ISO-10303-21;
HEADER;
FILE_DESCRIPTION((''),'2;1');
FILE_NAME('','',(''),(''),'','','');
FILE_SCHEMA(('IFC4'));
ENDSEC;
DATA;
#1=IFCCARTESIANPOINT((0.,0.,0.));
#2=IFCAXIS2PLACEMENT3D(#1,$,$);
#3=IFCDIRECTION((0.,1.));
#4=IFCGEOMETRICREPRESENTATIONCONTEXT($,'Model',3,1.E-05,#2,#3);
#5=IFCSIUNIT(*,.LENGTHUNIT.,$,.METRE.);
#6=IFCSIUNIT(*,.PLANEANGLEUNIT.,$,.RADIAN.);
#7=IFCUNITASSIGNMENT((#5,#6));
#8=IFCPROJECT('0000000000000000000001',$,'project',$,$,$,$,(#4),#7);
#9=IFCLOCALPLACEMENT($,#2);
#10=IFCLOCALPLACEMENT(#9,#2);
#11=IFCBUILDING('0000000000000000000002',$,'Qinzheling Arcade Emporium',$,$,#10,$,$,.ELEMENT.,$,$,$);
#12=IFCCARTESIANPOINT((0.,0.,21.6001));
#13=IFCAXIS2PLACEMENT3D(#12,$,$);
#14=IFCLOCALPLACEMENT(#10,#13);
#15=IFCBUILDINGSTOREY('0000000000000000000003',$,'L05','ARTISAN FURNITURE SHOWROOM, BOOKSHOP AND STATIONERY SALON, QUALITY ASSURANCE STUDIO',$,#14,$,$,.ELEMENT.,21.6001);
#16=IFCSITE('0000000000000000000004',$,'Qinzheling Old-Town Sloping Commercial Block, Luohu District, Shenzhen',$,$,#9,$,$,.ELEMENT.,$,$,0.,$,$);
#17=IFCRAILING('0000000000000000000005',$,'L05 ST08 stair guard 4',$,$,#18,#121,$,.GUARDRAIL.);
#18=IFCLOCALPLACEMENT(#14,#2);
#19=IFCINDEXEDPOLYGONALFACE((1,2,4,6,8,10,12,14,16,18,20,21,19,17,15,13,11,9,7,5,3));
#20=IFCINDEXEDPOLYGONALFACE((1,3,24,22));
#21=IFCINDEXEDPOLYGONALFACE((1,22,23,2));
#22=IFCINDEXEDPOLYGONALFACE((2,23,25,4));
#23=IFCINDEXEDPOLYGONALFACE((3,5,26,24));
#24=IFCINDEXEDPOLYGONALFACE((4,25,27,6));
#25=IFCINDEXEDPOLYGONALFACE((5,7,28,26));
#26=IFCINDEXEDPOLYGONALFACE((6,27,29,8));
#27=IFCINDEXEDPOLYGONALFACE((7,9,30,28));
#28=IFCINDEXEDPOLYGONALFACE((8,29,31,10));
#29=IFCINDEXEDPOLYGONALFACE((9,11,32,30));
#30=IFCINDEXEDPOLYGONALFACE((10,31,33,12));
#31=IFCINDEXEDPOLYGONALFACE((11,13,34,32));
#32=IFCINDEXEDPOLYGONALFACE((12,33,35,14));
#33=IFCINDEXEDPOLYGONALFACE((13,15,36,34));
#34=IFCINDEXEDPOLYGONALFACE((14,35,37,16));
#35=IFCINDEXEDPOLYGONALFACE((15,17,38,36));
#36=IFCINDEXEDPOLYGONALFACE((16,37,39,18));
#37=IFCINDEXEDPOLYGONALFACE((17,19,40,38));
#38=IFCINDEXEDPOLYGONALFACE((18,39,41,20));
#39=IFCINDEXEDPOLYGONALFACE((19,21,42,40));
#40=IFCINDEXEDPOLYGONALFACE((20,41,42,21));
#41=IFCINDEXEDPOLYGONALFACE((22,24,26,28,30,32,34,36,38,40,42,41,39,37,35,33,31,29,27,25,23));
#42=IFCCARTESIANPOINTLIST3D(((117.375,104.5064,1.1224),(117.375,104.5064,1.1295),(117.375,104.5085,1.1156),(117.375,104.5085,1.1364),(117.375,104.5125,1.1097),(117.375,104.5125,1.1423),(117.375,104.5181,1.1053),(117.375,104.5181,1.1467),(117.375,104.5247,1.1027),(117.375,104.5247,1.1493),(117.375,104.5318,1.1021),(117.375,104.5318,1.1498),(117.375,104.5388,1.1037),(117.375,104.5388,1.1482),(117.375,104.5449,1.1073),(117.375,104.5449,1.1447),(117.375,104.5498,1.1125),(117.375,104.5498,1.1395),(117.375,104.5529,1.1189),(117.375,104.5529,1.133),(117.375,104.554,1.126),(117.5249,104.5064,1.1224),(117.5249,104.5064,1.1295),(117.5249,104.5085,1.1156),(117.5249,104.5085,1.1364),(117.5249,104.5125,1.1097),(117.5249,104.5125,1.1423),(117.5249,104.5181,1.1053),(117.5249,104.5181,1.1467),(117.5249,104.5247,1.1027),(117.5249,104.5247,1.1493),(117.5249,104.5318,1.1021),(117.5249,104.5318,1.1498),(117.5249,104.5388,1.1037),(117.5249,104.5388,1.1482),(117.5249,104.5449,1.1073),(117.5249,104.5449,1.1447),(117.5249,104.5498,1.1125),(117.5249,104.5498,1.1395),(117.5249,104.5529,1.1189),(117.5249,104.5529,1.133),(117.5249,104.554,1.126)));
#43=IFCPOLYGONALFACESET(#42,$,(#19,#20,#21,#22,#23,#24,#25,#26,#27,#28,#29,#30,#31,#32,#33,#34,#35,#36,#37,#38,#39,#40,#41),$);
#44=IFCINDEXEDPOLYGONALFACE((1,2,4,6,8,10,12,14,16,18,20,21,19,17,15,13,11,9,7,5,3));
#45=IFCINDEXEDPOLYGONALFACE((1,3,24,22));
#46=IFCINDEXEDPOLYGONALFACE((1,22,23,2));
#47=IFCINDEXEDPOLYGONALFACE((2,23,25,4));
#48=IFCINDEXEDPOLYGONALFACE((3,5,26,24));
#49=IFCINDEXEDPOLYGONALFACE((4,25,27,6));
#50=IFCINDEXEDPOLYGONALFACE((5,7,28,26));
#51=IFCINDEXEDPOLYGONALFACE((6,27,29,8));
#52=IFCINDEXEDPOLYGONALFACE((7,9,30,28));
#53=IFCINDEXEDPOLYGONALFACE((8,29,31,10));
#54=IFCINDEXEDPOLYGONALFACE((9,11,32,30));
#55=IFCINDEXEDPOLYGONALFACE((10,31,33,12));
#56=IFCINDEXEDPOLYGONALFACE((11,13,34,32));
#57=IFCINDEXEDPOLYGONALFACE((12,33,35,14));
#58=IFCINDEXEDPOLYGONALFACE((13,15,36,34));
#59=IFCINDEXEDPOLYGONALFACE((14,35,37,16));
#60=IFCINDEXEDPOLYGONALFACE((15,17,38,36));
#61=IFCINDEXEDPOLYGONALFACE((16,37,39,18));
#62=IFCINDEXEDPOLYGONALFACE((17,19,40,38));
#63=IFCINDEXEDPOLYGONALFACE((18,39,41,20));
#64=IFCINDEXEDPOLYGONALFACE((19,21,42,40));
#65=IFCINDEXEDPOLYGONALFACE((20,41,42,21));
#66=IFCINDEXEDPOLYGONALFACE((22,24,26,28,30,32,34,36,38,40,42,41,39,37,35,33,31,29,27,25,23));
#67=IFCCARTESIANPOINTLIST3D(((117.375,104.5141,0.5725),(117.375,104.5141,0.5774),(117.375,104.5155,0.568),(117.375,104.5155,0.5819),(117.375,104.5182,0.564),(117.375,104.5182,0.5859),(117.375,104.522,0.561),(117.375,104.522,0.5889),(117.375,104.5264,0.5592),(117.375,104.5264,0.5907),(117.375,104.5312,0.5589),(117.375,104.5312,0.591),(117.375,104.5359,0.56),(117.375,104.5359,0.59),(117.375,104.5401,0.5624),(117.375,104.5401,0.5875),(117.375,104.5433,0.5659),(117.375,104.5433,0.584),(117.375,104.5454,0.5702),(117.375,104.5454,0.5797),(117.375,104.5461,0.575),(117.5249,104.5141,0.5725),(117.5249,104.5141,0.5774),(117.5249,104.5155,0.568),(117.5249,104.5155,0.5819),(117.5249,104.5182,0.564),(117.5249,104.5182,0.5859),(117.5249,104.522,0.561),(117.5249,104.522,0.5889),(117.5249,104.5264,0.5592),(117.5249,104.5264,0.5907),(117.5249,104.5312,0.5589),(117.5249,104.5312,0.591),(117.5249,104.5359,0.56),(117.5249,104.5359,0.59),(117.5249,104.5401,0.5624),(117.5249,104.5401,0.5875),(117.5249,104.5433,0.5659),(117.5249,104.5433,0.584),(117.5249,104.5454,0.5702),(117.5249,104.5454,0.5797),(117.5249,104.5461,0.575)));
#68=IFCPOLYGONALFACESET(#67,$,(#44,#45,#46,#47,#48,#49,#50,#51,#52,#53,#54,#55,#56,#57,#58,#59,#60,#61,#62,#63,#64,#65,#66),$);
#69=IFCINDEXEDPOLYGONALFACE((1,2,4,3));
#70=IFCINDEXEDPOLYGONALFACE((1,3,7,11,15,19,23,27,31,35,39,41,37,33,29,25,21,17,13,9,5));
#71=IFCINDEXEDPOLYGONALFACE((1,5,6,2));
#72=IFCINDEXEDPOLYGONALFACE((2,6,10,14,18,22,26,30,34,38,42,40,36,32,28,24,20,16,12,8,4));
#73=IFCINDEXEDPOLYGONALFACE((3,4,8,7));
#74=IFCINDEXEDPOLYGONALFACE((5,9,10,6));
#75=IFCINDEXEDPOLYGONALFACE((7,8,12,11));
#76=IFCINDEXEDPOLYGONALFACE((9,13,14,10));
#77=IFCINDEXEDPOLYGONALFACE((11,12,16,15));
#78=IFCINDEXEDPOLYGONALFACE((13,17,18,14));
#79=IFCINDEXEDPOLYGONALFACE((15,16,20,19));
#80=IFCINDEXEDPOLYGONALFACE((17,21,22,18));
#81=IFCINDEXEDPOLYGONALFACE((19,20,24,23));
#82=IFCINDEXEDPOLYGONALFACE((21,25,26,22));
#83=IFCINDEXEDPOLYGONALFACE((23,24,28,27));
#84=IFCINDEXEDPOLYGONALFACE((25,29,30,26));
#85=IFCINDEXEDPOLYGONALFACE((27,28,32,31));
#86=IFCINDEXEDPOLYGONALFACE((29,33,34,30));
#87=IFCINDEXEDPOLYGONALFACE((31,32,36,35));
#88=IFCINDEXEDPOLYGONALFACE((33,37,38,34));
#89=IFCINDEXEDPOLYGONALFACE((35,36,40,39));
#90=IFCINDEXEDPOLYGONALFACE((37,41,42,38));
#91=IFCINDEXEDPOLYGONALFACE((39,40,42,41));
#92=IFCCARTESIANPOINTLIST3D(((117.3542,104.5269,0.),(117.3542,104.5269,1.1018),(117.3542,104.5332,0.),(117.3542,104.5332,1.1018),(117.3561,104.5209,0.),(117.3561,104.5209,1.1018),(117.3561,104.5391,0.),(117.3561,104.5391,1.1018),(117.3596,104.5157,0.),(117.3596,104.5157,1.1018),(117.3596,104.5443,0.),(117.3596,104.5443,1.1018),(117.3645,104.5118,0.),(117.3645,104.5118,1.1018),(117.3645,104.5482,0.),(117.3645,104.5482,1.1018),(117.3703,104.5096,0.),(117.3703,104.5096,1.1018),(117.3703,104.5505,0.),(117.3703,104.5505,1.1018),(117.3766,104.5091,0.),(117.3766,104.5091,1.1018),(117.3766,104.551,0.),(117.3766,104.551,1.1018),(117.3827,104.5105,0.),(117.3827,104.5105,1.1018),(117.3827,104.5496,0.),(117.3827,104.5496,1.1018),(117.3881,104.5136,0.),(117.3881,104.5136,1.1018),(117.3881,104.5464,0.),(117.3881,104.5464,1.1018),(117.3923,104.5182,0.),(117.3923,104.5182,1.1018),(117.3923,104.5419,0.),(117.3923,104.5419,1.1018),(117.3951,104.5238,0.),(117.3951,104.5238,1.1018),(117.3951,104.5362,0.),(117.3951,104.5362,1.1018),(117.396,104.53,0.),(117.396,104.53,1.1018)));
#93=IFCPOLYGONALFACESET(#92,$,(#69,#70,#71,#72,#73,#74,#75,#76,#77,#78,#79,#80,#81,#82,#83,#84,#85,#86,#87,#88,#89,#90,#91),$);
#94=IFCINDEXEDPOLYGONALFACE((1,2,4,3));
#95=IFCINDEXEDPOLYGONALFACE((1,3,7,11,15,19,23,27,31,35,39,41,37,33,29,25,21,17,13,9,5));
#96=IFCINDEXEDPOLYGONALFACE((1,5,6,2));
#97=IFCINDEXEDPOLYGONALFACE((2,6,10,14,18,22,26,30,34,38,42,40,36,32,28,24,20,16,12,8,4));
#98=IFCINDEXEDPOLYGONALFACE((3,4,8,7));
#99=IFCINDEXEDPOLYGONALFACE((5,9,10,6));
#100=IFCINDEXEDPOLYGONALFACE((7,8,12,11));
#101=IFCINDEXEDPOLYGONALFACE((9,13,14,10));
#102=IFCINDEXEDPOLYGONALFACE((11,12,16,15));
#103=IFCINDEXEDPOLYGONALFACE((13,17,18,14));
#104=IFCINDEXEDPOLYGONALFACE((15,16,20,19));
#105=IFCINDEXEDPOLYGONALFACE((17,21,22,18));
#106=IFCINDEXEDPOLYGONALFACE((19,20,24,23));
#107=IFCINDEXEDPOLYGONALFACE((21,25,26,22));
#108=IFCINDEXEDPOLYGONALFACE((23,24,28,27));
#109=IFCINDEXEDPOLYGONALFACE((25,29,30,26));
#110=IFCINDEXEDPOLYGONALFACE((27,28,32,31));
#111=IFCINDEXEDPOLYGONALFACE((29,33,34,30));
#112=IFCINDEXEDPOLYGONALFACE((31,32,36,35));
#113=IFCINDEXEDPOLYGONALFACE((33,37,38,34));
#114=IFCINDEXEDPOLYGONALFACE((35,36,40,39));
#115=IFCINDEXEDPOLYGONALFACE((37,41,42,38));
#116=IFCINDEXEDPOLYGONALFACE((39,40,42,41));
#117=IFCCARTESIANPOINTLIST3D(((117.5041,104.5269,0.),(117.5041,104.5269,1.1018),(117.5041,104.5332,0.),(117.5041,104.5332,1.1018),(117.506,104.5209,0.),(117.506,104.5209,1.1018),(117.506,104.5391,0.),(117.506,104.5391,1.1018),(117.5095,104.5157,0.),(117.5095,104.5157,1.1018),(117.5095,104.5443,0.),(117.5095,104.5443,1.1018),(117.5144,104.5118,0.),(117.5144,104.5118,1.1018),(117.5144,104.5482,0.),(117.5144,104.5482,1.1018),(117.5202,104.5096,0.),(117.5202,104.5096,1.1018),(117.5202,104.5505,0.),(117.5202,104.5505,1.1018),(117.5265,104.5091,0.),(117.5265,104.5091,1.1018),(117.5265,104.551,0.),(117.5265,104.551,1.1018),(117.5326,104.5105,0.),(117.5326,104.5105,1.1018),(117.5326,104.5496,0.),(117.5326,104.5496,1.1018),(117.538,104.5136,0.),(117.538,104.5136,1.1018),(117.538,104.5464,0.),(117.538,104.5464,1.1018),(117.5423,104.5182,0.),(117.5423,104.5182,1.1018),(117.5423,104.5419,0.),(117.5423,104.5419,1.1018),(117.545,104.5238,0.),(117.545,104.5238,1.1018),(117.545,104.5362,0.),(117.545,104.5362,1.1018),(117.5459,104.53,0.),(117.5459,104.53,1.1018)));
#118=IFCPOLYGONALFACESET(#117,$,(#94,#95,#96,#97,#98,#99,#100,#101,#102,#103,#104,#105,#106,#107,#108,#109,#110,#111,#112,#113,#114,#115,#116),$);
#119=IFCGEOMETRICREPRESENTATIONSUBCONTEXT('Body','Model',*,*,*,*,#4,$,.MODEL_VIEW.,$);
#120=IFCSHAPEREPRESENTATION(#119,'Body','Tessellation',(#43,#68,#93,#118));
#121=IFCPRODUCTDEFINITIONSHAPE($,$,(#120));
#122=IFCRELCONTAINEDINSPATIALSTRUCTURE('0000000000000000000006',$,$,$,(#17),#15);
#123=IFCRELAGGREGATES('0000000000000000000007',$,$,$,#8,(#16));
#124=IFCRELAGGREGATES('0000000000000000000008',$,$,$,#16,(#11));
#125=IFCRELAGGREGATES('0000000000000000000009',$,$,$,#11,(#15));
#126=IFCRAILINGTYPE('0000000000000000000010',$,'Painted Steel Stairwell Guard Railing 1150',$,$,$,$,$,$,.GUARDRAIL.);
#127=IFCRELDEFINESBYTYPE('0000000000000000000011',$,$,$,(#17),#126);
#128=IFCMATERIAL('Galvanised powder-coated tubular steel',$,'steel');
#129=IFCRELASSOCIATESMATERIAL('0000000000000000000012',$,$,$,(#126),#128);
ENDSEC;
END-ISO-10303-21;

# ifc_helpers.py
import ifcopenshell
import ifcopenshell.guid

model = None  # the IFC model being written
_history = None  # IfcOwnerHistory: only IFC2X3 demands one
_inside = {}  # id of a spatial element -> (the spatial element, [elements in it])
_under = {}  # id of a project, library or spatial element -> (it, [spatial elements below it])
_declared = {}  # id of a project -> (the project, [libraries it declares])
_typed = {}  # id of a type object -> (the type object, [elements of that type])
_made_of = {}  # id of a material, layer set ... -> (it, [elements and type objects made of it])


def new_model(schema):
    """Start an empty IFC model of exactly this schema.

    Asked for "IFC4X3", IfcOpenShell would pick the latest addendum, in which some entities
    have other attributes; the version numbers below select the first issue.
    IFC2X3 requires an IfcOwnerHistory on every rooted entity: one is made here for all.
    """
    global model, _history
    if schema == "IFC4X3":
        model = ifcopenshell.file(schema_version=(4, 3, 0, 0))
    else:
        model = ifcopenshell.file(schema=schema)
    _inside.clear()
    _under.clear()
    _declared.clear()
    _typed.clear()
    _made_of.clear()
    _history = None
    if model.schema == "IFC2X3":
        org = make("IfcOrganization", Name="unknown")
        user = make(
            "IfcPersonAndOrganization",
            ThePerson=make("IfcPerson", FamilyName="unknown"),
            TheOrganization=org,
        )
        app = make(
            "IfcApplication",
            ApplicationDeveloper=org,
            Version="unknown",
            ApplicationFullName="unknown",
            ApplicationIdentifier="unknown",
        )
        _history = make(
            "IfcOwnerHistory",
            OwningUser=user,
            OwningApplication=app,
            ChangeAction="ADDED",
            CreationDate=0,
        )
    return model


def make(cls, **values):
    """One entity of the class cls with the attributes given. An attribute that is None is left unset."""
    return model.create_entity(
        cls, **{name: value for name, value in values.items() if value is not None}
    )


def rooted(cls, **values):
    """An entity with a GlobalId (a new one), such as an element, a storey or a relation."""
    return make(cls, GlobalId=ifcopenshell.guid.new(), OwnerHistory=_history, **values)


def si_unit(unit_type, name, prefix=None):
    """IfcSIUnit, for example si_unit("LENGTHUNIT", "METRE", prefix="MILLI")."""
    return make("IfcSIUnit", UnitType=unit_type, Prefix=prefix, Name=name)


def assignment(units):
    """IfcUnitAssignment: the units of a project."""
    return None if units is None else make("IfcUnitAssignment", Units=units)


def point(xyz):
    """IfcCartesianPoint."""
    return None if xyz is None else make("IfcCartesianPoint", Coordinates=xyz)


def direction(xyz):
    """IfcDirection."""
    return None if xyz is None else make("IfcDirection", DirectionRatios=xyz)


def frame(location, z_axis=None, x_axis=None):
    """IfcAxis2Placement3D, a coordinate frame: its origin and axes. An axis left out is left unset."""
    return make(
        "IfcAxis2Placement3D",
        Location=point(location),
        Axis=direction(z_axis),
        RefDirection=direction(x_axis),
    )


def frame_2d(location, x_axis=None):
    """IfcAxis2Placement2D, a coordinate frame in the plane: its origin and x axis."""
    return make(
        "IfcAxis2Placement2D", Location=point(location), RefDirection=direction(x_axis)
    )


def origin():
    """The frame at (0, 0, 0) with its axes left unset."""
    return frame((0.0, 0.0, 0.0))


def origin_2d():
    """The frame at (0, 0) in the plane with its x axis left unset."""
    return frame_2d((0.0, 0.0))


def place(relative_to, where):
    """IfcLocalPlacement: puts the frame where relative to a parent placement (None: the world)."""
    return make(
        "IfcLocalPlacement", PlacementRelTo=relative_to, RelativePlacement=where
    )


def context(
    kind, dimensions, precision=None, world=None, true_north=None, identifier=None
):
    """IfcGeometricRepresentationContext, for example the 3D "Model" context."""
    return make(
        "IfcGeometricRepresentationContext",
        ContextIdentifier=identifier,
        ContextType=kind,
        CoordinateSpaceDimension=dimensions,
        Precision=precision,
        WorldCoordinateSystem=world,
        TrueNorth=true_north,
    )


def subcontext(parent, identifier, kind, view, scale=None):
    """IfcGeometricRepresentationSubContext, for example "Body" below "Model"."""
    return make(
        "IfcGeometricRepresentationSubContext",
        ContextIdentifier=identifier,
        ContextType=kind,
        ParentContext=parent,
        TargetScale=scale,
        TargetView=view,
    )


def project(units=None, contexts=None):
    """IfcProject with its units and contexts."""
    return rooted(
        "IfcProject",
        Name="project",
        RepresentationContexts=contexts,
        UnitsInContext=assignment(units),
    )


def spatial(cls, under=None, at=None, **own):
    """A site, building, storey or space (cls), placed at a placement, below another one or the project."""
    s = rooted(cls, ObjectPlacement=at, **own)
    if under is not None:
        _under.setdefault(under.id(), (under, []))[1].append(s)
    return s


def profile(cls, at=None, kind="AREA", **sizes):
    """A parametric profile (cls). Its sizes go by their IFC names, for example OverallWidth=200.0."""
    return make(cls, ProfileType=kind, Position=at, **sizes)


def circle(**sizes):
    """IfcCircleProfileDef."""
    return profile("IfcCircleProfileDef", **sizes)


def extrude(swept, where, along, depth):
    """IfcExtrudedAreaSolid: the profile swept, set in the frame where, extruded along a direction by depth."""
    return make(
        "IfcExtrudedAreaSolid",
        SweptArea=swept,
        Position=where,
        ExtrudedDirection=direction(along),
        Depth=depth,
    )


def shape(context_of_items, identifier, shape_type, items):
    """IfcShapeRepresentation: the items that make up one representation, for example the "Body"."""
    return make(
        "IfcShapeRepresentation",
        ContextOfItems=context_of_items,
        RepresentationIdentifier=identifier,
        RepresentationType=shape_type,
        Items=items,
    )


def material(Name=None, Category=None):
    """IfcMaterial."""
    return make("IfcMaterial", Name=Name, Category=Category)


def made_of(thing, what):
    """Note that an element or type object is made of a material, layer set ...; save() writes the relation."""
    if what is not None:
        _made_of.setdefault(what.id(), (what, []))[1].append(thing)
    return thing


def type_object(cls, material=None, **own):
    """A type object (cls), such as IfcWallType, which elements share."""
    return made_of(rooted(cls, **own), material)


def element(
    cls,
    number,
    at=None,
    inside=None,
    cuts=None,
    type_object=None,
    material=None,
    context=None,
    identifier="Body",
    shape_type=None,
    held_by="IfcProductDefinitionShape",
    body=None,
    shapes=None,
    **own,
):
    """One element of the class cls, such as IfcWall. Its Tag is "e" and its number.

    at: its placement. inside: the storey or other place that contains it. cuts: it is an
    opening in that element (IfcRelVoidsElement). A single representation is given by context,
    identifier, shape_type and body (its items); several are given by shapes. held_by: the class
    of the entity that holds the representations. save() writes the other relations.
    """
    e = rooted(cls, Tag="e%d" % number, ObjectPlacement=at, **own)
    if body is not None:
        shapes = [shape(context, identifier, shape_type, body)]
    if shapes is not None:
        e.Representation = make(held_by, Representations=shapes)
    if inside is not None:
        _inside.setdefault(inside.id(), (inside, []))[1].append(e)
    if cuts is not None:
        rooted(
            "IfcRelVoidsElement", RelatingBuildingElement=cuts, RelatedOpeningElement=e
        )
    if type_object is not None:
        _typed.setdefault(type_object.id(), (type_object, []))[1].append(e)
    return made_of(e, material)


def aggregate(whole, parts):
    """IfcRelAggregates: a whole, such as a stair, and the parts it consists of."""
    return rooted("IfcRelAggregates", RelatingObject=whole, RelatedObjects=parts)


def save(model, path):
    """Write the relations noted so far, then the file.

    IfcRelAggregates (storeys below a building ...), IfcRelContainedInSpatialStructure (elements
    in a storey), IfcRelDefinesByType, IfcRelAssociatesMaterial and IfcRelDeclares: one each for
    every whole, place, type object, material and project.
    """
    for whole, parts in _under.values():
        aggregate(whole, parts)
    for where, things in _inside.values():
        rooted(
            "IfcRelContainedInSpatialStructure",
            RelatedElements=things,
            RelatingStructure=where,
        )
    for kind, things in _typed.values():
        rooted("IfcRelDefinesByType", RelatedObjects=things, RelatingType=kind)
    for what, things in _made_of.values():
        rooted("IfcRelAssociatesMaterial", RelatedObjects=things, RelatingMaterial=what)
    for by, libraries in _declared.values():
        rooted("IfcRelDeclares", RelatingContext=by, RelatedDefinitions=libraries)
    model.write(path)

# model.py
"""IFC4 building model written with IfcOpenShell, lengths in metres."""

from ifc_helpers import new_model, si_unit, direction, frame, origin, origin_2d, place, context, subcontext, project, spatial, circle, extrude, material, type_object, element, save


model = new_model("IFC4")

# Units and contexts
model_context = context("Model", 3, precision=1e-05, world=origin(), true_north=direction((0.0, 1.0)))
body_context = subcontext(model_context, "Body", "Model", "MODEL_VIEW")
ifc_project = project(units=[si_unit("LENGTHUNIT", "METRE"), si_unit("PLANEANGLEUNIT", "RADIAN")], contexts=[model_context])

# Site, building, storey
site_placement = place(None, origin())
site = spatial("IfcSite", under=ifc_project, at=site_placement, Name="Qinzheling Old-Town Sloping Commercial Block, Luohu District, Shenzhen", CompositionType="ELEMENT", RefElevation=0.0)
building_placement = place(site_placement, origin())
building = spatial("IfcBuilding", under=site, at=building_placement, Name="Qinzheling Arcade Emporium", CompositionType="ELEMENT")
storey_placement = place(building_placement, frame((0.0, 0.0, 21.6001)))
storey = spatial("IfcBuildingStorey", under=building, at=storey_placement, Name="L05", Description="ARTISAN FURNITURE SHOWROOM, BOOKSHOP AND STATIONERY SALON, QUALITY ASSURANCE STUDIO", CompositionType="ELEMENT", Elevation=21.6001)

# Railing
ifc_material_1 = material(Name="Galvanised powder-coated tubular steel", Category="steel")
railing_type_1 = type_object("IfcRailingType", Name="Painted Steel Stairwell Guard Railing 1150", PredefinedType="GUARDRAIL", material=ifc_material_1)
railing_1_placement = place(storey_placement, frame((117.375, 104.53, 0.0)))
element("IfcRailing", 1, at=railing_1_placement, inside=storey, type_object=railing_type_1, Name="L05 ST08 stair guard 4", PredefinedType="GUARDRAIL", context=body_context, shape_type="SweptSolid", body=[
    extrude(circle(Radius=0.0239, at=origin_2d()), frame((0.0, 0.0, 1.126), z_axis=(1.0, 0.0, 0.0), x_axis=(0.0, 1.0, 0.0)), (0.0, 0.0, 1.0), 0.1499),
    extrude(circle(Radius=0.0161, at=origin_2d()), frame((0.0, 0.0, 0.575), z_axis=(1.0, 0.0, 0.0), x_axis=(0.0, 1.0, 0.0)), (0.0, 0.0, 1.0), 0.1499),
    extrude(circle(Radius=0.021, at=origin_2d()), origin(), (0.0, 0.0, 1.0), 1.1018),
    extrude(circle(Radius=0.021, at=origin_2d()), frame((0.1499, 0.0, 0.0)), (0.0, 0.0, 1.0), 1.1018),
])

save(model, "model.ifc")
